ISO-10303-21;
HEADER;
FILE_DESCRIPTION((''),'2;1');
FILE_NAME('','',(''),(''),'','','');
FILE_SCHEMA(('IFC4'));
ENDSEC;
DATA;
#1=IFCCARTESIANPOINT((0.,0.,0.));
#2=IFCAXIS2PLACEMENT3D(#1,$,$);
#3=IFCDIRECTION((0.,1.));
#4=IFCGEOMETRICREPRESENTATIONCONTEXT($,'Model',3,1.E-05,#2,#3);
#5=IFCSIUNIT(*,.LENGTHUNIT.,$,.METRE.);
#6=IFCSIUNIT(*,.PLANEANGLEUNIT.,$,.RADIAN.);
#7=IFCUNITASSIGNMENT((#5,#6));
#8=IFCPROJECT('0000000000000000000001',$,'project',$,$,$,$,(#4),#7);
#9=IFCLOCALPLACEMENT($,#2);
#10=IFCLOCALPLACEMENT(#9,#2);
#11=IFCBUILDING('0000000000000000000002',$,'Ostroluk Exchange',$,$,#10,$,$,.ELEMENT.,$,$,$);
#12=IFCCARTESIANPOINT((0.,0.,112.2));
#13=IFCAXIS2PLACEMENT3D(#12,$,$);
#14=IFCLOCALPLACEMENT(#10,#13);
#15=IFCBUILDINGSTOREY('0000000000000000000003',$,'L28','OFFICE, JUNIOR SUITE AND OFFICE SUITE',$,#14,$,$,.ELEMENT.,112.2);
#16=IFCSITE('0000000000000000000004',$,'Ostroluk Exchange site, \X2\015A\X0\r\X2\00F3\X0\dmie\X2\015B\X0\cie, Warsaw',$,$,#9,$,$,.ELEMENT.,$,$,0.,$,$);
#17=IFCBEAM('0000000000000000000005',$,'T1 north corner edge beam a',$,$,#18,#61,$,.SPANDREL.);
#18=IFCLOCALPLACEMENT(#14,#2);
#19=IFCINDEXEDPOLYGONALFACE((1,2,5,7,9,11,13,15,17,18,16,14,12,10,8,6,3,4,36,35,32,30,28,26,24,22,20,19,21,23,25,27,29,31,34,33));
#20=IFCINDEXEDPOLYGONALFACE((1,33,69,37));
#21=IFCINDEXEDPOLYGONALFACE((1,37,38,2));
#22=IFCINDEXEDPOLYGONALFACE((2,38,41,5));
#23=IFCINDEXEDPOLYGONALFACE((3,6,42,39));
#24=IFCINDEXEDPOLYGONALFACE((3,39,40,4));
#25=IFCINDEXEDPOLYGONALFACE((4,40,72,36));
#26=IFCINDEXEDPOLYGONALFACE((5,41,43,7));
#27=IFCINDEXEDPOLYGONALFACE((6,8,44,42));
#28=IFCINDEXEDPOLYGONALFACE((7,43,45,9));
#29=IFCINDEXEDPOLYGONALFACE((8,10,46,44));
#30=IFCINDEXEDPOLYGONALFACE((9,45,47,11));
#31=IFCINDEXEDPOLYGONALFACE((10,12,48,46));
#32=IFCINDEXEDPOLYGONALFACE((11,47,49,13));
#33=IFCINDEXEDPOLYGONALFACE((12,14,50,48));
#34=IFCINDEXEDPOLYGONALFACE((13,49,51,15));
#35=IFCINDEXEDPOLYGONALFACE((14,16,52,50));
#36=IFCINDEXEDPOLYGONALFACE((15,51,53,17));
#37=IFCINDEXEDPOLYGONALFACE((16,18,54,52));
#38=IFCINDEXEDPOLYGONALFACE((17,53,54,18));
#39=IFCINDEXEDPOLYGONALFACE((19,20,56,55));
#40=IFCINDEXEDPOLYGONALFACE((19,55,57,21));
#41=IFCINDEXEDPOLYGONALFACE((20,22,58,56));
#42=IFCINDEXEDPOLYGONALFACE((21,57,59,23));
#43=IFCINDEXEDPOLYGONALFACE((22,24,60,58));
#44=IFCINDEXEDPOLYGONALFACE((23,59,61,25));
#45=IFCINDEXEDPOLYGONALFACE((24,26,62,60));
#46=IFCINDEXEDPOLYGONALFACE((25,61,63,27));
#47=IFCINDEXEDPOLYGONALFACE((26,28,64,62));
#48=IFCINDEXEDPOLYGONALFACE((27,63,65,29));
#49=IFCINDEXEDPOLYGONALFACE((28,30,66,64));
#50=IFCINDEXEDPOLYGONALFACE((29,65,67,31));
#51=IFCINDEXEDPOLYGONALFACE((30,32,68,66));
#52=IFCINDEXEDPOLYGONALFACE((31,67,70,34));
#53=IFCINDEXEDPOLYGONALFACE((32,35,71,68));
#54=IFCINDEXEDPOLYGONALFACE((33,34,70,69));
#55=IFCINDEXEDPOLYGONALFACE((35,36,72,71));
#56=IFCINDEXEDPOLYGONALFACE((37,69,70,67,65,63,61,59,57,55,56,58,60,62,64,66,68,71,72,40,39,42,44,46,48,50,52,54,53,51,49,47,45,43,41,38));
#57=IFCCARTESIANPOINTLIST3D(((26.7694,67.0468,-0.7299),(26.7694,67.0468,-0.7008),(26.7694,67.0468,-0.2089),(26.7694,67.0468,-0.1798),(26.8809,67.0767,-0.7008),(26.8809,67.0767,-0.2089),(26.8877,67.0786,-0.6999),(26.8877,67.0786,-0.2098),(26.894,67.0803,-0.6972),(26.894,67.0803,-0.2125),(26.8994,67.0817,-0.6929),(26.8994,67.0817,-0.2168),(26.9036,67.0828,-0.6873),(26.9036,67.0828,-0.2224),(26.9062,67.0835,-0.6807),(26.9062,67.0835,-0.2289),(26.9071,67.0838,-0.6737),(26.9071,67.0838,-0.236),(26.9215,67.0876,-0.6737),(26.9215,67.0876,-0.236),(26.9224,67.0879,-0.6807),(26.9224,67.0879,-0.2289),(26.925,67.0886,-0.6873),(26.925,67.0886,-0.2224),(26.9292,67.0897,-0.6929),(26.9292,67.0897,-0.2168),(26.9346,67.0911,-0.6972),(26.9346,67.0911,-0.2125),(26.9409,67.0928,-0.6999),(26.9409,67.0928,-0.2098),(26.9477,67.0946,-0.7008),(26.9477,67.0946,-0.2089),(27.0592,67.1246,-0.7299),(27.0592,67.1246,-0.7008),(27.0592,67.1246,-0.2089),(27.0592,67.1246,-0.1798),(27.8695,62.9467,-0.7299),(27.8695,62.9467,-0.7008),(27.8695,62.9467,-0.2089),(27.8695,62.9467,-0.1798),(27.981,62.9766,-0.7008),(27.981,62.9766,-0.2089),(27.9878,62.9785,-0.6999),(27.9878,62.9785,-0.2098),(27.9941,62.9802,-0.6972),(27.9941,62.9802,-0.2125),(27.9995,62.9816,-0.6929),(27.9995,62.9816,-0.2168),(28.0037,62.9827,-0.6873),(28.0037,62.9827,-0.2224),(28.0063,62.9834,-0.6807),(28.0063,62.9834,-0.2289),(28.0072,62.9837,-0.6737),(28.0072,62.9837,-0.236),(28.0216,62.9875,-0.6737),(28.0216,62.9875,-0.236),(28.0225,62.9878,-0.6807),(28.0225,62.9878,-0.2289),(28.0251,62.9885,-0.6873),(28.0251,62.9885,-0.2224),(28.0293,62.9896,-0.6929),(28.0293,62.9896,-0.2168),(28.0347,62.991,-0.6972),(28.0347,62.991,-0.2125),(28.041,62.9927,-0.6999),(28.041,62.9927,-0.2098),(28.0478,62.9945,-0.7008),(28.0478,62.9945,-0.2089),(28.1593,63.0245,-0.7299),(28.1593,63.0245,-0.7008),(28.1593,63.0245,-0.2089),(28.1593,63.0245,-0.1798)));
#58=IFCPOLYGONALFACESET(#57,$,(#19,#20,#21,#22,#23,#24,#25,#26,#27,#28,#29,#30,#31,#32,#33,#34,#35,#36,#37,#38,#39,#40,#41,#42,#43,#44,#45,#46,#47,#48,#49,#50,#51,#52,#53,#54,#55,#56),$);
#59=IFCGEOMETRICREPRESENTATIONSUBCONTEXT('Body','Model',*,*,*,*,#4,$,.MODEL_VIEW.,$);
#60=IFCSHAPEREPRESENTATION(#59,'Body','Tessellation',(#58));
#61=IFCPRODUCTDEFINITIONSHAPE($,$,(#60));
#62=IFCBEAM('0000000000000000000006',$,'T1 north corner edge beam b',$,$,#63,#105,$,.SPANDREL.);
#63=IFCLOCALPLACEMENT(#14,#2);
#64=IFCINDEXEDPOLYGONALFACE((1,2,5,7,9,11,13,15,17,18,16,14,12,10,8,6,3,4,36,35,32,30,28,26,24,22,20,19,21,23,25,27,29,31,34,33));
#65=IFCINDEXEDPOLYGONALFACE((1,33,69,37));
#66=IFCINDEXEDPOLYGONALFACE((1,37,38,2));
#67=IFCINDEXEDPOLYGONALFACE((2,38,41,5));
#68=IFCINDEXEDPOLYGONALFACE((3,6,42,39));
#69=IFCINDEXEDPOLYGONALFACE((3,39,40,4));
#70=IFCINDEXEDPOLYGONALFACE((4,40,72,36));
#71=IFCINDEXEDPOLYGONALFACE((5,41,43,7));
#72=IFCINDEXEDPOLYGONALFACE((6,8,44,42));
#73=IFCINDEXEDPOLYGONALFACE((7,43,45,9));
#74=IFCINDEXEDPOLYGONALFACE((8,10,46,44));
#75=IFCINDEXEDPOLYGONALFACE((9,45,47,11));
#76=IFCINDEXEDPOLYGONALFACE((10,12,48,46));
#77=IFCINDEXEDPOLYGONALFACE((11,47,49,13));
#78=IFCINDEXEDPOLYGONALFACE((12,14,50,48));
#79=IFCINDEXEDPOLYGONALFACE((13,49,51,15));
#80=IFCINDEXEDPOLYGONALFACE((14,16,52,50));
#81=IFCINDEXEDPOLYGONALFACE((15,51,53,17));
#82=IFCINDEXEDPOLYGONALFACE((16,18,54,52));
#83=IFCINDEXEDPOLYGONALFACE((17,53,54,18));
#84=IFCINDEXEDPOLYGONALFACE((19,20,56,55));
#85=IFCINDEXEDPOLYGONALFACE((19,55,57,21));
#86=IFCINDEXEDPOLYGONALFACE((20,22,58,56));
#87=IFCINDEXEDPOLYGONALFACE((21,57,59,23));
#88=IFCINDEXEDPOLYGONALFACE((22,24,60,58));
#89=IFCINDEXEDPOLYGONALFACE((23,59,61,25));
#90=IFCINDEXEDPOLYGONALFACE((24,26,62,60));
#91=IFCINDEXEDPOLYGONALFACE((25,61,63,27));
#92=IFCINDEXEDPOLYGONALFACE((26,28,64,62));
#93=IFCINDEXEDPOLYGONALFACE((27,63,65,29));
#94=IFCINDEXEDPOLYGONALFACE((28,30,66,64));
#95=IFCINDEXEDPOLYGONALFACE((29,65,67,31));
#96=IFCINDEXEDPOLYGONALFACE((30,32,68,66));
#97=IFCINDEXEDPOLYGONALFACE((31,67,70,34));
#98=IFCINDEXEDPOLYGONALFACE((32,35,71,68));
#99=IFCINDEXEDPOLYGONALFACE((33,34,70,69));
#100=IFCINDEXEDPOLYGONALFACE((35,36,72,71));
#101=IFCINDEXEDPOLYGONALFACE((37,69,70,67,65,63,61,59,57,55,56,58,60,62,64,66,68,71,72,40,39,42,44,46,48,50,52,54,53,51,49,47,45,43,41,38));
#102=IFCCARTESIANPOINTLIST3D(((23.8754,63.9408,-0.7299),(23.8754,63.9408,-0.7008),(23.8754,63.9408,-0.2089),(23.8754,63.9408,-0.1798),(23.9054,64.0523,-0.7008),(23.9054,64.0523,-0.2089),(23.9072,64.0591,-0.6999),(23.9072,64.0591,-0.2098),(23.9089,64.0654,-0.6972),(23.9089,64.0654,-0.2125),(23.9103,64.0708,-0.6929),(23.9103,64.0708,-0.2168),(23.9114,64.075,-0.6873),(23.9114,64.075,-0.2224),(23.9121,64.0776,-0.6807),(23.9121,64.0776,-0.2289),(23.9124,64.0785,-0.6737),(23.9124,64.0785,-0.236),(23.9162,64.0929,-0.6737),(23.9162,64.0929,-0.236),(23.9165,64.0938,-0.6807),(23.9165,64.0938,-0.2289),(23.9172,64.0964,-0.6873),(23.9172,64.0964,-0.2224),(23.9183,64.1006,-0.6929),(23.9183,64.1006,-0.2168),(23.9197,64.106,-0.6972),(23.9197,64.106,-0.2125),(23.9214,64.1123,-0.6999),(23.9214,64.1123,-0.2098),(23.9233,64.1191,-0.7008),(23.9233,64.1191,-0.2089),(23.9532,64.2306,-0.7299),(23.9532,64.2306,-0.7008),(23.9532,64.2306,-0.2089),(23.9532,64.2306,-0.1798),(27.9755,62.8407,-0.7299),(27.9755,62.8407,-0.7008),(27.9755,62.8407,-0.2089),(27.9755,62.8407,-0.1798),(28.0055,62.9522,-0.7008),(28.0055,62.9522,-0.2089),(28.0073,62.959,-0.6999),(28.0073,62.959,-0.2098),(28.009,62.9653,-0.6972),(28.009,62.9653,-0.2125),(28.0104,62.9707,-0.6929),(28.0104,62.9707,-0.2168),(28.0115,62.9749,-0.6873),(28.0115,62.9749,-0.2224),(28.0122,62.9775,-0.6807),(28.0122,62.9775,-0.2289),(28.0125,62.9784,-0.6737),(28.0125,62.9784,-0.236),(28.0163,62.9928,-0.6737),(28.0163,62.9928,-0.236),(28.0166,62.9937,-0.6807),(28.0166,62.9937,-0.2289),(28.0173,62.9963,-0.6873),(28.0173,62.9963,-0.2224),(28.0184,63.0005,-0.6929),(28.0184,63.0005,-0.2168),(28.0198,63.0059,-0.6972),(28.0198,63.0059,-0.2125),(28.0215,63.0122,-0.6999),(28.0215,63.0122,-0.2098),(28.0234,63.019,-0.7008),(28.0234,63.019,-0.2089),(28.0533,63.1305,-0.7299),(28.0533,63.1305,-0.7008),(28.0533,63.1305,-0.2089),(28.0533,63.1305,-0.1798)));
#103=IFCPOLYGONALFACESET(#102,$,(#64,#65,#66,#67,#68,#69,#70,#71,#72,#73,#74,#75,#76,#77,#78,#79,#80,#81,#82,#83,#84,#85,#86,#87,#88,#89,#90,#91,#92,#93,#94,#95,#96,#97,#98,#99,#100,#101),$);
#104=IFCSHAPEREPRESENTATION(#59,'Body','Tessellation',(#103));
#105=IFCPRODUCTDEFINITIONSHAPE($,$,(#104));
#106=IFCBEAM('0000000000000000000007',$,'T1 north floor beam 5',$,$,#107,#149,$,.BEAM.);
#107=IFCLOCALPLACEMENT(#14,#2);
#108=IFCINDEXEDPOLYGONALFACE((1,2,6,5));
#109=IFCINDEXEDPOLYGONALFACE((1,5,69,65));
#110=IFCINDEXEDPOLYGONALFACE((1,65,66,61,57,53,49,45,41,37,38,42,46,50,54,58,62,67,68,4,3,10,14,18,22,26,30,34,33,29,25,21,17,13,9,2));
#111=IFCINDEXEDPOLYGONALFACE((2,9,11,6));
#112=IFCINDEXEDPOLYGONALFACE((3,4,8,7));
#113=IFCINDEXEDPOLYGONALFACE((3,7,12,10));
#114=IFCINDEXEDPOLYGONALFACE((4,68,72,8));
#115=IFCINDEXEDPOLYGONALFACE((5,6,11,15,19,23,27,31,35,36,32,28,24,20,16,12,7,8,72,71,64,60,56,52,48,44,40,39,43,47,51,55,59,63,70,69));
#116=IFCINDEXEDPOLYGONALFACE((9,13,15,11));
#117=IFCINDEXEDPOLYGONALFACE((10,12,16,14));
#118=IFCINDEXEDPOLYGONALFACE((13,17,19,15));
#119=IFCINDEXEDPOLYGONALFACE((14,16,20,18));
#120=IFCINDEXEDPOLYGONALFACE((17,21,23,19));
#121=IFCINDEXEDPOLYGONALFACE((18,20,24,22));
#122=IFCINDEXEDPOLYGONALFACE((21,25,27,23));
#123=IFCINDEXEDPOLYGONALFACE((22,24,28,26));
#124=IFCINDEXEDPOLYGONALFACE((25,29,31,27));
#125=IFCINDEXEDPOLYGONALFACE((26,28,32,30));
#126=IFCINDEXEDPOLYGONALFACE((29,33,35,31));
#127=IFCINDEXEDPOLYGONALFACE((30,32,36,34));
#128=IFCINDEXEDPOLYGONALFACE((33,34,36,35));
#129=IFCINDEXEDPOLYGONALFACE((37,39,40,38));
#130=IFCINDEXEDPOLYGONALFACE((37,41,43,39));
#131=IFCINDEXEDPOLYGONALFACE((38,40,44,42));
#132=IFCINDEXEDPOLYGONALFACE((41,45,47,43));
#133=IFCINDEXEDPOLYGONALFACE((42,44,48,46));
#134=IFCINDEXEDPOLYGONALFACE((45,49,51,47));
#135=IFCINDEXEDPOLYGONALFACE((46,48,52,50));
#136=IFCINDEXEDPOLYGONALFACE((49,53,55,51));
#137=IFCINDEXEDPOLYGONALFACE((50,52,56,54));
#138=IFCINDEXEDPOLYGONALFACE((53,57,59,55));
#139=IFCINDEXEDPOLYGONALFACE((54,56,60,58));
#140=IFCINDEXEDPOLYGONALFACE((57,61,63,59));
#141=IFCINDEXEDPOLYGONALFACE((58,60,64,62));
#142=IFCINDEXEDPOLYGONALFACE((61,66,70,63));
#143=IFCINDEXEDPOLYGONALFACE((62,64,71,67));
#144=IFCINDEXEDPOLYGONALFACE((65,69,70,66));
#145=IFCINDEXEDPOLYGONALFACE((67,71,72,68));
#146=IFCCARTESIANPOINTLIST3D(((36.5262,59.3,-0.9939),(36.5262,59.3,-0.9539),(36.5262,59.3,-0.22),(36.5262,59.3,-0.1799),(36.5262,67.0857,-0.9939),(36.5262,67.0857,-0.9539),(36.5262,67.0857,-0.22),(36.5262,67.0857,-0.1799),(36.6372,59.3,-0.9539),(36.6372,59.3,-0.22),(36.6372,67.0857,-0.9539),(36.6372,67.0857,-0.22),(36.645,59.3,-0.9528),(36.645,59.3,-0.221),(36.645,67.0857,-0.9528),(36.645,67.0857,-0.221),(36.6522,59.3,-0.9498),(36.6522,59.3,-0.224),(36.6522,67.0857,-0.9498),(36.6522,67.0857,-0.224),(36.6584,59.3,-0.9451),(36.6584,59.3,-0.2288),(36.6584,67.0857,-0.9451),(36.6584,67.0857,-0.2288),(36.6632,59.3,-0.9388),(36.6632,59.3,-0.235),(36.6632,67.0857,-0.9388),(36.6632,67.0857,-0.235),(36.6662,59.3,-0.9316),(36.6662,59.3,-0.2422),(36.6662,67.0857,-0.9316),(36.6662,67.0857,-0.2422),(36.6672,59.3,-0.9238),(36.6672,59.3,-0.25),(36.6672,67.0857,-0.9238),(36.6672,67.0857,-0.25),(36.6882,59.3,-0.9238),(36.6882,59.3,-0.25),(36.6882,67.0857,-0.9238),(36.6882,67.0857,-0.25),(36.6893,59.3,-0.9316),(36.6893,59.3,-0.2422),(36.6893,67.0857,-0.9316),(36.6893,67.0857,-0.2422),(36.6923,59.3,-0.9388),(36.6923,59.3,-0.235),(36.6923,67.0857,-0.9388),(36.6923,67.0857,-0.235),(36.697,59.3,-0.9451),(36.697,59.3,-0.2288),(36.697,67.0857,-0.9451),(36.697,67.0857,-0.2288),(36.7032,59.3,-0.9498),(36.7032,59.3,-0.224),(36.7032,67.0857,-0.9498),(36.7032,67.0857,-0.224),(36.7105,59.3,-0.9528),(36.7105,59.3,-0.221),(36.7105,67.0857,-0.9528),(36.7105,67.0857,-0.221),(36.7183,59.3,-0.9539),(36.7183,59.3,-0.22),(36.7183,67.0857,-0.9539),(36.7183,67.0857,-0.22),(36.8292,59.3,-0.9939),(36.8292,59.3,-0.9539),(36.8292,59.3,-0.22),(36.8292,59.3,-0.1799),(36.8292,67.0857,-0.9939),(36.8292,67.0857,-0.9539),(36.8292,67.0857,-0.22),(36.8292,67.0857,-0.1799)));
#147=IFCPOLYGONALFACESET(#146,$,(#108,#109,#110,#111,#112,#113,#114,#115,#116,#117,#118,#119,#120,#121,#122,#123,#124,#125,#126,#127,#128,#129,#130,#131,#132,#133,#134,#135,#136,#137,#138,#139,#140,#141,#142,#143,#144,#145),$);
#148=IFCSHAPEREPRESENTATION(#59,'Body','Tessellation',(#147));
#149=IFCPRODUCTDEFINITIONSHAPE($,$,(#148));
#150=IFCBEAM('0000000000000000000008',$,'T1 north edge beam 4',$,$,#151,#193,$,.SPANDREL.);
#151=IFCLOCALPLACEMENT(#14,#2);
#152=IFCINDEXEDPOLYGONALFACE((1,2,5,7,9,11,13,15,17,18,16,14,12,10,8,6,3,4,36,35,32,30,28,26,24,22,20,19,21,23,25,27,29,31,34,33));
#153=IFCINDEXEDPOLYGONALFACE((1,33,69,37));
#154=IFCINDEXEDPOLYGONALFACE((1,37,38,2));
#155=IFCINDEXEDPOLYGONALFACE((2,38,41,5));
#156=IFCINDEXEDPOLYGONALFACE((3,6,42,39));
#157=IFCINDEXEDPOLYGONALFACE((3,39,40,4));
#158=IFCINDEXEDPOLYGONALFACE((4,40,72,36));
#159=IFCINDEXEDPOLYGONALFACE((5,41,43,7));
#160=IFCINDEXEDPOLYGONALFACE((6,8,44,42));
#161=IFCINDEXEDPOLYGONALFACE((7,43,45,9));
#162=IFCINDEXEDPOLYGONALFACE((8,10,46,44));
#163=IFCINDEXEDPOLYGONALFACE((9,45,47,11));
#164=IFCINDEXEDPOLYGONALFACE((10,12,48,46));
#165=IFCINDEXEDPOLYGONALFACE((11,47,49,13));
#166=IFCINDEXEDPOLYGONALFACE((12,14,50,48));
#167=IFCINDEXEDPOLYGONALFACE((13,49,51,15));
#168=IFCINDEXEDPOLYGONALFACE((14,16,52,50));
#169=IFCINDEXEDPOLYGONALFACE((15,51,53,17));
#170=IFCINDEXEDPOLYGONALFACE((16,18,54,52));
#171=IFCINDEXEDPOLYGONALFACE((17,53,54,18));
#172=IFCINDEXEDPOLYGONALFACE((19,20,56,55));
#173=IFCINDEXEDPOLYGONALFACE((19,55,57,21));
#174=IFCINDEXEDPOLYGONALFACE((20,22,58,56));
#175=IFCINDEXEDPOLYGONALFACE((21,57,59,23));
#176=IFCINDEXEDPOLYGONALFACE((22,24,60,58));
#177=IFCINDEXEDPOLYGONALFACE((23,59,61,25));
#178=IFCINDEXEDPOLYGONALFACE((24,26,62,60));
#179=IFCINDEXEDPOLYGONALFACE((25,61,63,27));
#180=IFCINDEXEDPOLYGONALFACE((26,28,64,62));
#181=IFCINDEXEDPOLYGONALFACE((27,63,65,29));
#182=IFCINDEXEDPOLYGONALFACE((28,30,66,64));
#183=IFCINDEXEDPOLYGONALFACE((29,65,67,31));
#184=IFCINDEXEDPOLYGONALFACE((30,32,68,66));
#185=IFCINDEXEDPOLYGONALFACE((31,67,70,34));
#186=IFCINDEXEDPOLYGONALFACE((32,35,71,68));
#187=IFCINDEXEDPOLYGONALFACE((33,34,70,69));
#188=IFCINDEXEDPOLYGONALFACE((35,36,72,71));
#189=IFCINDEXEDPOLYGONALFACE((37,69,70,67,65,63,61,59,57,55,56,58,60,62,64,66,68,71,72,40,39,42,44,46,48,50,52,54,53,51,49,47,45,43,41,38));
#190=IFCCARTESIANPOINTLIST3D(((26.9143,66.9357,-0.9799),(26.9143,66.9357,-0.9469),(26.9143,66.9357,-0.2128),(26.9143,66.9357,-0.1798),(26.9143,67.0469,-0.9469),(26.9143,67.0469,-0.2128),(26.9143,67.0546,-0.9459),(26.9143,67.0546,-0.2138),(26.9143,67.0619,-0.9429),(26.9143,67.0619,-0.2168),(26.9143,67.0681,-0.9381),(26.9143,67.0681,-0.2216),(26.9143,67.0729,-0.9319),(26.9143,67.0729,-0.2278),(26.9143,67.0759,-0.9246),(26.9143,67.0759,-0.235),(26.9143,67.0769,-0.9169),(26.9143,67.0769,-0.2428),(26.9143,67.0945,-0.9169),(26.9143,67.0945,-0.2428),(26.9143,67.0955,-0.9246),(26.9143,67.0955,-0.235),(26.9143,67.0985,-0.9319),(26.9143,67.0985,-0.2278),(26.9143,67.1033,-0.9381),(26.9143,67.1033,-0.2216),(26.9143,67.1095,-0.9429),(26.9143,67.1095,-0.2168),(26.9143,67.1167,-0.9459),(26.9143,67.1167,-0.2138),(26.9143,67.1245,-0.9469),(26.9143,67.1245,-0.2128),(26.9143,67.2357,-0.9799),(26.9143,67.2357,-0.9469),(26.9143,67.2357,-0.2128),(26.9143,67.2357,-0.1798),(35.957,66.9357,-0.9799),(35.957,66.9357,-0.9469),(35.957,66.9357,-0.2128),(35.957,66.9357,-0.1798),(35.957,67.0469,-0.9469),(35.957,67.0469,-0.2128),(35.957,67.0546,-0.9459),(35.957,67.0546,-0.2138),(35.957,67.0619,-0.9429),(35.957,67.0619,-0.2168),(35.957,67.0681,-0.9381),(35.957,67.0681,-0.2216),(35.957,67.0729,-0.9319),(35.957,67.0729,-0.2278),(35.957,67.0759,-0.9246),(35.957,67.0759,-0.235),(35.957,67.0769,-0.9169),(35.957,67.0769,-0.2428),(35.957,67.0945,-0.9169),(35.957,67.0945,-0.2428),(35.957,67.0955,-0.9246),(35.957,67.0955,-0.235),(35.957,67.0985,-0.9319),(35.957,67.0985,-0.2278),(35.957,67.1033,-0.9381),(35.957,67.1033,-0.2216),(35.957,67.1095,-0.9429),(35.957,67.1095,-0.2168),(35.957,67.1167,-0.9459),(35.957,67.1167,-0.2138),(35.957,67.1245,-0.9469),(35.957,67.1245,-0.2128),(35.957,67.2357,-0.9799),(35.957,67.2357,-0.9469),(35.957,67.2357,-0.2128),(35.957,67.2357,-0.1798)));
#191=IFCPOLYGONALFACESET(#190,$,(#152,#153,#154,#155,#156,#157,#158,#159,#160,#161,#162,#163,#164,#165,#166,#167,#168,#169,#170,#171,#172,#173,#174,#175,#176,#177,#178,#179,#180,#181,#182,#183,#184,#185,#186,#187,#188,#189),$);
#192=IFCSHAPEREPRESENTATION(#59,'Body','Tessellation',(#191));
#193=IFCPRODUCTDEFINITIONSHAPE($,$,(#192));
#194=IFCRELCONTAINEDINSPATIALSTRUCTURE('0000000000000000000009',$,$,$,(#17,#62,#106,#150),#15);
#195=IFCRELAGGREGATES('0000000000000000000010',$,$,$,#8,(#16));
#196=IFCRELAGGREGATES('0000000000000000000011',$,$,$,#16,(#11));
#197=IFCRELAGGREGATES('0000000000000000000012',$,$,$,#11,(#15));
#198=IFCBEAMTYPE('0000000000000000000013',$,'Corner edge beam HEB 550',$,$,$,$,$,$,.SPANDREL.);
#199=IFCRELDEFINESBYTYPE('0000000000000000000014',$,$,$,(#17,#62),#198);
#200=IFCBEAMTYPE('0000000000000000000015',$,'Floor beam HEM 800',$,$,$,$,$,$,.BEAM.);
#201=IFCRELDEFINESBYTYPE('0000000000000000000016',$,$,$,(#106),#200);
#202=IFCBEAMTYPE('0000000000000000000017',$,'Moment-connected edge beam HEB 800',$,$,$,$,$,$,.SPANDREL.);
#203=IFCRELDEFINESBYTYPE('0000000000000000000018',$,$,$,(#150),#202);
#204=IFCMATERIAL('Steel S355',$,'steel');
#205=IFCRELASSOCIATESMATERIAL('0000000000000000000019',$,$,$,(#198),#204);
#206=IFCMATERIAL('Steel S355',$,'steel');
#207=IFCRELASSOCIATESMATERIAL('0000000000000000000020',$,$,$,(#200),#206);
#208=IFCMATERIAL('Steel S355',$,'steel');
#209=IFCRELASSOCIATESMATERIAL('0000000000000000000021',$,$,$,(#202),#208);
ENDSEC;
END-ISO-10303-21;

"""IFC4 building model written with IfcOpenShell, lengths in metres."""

from ifc_helpers import new_model, si_unit, direction, frame, origin, origin_2d, place, context, subcontext, project, spatial, i_section, extrude, material, material_profile, profile_set, type_object, element, save


model = new_model("IFC4")

# Units and contexts
model_context = context("Model", 3, precision=1e-05, world=origin(), true_north=direction((0.0, 1.0)))
body_context = subcontext(model_context, "Body", "Model", "MODEL_VIEW")
ifc_project = project(units=[si_unit("LENGTHUNIT", "METRE"), si_unit("PLANEANGLEUNIT", "RADIAN")], contexts=[model_context])

# Site, building, storey
site_placement = place(None, origin())
site = spatial("IfcSite", under=ifc_project, at=site_placement, Name="Ostroluk Exchange site, Śródmieście, Warsaw", CompositionType="ELEMENT", RefElevation=0.0)
building_placement = place(site_placement, origin())
building = spatial("IfcBuilding", under=site, at=building_placement, Name="Ostroluk Exchange", CompositionType="ELEMENT")
storey_placement = place(building_placement, frame((0.0, 0.0, 112.2)))
storey = spatial("IfcBuildingStorey", under=building, at=storey_placement, Name="L28", Description="OFFICE, JUNIOR SUITE AND OFFICE SUITE", CompositionType="ELEMENT", Elevation=112.2)

# Beams
ifc_material_1 = material(Name="Steel S355", Category="steel")
ifc_material_profile_1 = material_profile(ifc_material_1, i_section(OverallWidth=0.3, OverallDepth=0.55, WebThickness=0.0149, FlangeThickness=0.0291, FilletRadius=0.0271, at=origin_2d()), Name="HEB 550")
ifc_profile_set_1 = profile_set([ifc_material_profile_1], Name="Steel S355")
beam_type_1 = type_object("IfcBeamType", Name="Corner edge beam HEB 550", PredefinedType="SPANDREL", material=ifc_profile_set_1)
for number, where, z_axis, x_axis, name in (
    (1, (28.0144, 62.9856, -0.4548), (-0.259144, 0.965839, 0.0), (-0.965839, -0.259144, 0.0), "T1 north corner edge beam a"),
    (2, (28.0144, 62.9856, -0.4548), (-0.965839, 0.259144, 0.0), (-0.259144, -0.965839, 0.0), "T1 north corner edge beam b"),
):
    element("IfcBeam", number, at=place(storey_placement, frame(where, z_axis=z_axis, x_axis=x_axis)), inside=storey, type_object=beam_type_1, Name=name, PredefinedType="SPANDREL", context=body_context, shape_type="SweptSolid", body=[
        extrude(i_section(OverallWidth=0.3, OverallDepth=0.55, WebThickness=0.0149, FlangeThickness=0.0291, FilletRadius=0.0271, at=origin_2d()), origin(), (0.0, 0.0, 1.0), 4.2451),
    ])
ifc_material_2 = material(Name="Steel S355", Category="steel")
ifc_material_profile_2 = material_profile(ifc_material_2, i_section(OverallWidth=0.303, OverallDepth=0.814, WebThickness=0.021, FlangeThickness=0.04, FilletRadius=0.03, at=origin_2d()), Name="HEM 800")
ifc_profile_set_2 = profile_set([ifc_material_profile_2], Name="Steel S355")
beam_type_2 = type_object("IfcBeamType", Name="Floor beam HEM 800", PredefinedType="BEAM", material=ifc_profile_set_2)
beam_1_placement = place(storey_placement, frame((36.6777, 59.3, -0.5869), z_axis=(0.0, 1.0, 0.0), x_axis=(-1.0, 0.0, 0.0)))
element("IfcBeam", 3, at=beam_1_placement, inside=storey, type_object=beam_type_2, Name="T1 north floor beam 5", PredefinedType="BEAM", context=body_context, shape_type="SweptSolid", body=[
    extrude(i_section(OverallWidth=0.303, OverallDepth=0.814, WebThickness=0.021, FlangeThickness=0.04, FilletRadius=0.03, at=origin_2d()), origin(), (0.0, 0.0, 1.0), 7.7856),
])
ifc_material_3 = material(Name="Steel S355", Category="steel")
ifc_material_profile_3 = material_profile(ifc_material_3, i_section(OverallWidth=0.3, OverallDepth=0.8, WebThickness=0.0176, FlangeThickness=0.033, FilletRadius=0.03, at=origin_2d()), Name="HEB 800")
ifc_profile_set_3 = profile_set([ifc_material_profile_3], Name="Steel S355")
beam_type_3 = type_object("IfcBeamType", Name="Moment-connected edge beam HEB 800", PredefinedType="SPANDREL", material=ifc_profile_set_3)
beam_2_placement = place(storey_placement, frame((35.957, 67.0857, -0.5798), z_axis=(-1.0, 0.0, 0.0), x_axis=(0.0, -1.0, 0.0)))
element("IfcBeam", 4, at=beam_2_placement, inside=storey, type_object=beam_type_3, Name="T1 north edge beam 4", PredefinedType="SPANDREL", context=body_context, shape_type="SweptSolid", body=[
    extrude(i_section(OverallWidth=0.3, OverallDepth=0.8, WebThickness=0.0176, FlangeThickness=0.033, FilletRadius=0.03, at=origin_2d()), origin(), (0.0, 0.0, 1.0), 9.0427),
])

save(model, "model.ifc")
